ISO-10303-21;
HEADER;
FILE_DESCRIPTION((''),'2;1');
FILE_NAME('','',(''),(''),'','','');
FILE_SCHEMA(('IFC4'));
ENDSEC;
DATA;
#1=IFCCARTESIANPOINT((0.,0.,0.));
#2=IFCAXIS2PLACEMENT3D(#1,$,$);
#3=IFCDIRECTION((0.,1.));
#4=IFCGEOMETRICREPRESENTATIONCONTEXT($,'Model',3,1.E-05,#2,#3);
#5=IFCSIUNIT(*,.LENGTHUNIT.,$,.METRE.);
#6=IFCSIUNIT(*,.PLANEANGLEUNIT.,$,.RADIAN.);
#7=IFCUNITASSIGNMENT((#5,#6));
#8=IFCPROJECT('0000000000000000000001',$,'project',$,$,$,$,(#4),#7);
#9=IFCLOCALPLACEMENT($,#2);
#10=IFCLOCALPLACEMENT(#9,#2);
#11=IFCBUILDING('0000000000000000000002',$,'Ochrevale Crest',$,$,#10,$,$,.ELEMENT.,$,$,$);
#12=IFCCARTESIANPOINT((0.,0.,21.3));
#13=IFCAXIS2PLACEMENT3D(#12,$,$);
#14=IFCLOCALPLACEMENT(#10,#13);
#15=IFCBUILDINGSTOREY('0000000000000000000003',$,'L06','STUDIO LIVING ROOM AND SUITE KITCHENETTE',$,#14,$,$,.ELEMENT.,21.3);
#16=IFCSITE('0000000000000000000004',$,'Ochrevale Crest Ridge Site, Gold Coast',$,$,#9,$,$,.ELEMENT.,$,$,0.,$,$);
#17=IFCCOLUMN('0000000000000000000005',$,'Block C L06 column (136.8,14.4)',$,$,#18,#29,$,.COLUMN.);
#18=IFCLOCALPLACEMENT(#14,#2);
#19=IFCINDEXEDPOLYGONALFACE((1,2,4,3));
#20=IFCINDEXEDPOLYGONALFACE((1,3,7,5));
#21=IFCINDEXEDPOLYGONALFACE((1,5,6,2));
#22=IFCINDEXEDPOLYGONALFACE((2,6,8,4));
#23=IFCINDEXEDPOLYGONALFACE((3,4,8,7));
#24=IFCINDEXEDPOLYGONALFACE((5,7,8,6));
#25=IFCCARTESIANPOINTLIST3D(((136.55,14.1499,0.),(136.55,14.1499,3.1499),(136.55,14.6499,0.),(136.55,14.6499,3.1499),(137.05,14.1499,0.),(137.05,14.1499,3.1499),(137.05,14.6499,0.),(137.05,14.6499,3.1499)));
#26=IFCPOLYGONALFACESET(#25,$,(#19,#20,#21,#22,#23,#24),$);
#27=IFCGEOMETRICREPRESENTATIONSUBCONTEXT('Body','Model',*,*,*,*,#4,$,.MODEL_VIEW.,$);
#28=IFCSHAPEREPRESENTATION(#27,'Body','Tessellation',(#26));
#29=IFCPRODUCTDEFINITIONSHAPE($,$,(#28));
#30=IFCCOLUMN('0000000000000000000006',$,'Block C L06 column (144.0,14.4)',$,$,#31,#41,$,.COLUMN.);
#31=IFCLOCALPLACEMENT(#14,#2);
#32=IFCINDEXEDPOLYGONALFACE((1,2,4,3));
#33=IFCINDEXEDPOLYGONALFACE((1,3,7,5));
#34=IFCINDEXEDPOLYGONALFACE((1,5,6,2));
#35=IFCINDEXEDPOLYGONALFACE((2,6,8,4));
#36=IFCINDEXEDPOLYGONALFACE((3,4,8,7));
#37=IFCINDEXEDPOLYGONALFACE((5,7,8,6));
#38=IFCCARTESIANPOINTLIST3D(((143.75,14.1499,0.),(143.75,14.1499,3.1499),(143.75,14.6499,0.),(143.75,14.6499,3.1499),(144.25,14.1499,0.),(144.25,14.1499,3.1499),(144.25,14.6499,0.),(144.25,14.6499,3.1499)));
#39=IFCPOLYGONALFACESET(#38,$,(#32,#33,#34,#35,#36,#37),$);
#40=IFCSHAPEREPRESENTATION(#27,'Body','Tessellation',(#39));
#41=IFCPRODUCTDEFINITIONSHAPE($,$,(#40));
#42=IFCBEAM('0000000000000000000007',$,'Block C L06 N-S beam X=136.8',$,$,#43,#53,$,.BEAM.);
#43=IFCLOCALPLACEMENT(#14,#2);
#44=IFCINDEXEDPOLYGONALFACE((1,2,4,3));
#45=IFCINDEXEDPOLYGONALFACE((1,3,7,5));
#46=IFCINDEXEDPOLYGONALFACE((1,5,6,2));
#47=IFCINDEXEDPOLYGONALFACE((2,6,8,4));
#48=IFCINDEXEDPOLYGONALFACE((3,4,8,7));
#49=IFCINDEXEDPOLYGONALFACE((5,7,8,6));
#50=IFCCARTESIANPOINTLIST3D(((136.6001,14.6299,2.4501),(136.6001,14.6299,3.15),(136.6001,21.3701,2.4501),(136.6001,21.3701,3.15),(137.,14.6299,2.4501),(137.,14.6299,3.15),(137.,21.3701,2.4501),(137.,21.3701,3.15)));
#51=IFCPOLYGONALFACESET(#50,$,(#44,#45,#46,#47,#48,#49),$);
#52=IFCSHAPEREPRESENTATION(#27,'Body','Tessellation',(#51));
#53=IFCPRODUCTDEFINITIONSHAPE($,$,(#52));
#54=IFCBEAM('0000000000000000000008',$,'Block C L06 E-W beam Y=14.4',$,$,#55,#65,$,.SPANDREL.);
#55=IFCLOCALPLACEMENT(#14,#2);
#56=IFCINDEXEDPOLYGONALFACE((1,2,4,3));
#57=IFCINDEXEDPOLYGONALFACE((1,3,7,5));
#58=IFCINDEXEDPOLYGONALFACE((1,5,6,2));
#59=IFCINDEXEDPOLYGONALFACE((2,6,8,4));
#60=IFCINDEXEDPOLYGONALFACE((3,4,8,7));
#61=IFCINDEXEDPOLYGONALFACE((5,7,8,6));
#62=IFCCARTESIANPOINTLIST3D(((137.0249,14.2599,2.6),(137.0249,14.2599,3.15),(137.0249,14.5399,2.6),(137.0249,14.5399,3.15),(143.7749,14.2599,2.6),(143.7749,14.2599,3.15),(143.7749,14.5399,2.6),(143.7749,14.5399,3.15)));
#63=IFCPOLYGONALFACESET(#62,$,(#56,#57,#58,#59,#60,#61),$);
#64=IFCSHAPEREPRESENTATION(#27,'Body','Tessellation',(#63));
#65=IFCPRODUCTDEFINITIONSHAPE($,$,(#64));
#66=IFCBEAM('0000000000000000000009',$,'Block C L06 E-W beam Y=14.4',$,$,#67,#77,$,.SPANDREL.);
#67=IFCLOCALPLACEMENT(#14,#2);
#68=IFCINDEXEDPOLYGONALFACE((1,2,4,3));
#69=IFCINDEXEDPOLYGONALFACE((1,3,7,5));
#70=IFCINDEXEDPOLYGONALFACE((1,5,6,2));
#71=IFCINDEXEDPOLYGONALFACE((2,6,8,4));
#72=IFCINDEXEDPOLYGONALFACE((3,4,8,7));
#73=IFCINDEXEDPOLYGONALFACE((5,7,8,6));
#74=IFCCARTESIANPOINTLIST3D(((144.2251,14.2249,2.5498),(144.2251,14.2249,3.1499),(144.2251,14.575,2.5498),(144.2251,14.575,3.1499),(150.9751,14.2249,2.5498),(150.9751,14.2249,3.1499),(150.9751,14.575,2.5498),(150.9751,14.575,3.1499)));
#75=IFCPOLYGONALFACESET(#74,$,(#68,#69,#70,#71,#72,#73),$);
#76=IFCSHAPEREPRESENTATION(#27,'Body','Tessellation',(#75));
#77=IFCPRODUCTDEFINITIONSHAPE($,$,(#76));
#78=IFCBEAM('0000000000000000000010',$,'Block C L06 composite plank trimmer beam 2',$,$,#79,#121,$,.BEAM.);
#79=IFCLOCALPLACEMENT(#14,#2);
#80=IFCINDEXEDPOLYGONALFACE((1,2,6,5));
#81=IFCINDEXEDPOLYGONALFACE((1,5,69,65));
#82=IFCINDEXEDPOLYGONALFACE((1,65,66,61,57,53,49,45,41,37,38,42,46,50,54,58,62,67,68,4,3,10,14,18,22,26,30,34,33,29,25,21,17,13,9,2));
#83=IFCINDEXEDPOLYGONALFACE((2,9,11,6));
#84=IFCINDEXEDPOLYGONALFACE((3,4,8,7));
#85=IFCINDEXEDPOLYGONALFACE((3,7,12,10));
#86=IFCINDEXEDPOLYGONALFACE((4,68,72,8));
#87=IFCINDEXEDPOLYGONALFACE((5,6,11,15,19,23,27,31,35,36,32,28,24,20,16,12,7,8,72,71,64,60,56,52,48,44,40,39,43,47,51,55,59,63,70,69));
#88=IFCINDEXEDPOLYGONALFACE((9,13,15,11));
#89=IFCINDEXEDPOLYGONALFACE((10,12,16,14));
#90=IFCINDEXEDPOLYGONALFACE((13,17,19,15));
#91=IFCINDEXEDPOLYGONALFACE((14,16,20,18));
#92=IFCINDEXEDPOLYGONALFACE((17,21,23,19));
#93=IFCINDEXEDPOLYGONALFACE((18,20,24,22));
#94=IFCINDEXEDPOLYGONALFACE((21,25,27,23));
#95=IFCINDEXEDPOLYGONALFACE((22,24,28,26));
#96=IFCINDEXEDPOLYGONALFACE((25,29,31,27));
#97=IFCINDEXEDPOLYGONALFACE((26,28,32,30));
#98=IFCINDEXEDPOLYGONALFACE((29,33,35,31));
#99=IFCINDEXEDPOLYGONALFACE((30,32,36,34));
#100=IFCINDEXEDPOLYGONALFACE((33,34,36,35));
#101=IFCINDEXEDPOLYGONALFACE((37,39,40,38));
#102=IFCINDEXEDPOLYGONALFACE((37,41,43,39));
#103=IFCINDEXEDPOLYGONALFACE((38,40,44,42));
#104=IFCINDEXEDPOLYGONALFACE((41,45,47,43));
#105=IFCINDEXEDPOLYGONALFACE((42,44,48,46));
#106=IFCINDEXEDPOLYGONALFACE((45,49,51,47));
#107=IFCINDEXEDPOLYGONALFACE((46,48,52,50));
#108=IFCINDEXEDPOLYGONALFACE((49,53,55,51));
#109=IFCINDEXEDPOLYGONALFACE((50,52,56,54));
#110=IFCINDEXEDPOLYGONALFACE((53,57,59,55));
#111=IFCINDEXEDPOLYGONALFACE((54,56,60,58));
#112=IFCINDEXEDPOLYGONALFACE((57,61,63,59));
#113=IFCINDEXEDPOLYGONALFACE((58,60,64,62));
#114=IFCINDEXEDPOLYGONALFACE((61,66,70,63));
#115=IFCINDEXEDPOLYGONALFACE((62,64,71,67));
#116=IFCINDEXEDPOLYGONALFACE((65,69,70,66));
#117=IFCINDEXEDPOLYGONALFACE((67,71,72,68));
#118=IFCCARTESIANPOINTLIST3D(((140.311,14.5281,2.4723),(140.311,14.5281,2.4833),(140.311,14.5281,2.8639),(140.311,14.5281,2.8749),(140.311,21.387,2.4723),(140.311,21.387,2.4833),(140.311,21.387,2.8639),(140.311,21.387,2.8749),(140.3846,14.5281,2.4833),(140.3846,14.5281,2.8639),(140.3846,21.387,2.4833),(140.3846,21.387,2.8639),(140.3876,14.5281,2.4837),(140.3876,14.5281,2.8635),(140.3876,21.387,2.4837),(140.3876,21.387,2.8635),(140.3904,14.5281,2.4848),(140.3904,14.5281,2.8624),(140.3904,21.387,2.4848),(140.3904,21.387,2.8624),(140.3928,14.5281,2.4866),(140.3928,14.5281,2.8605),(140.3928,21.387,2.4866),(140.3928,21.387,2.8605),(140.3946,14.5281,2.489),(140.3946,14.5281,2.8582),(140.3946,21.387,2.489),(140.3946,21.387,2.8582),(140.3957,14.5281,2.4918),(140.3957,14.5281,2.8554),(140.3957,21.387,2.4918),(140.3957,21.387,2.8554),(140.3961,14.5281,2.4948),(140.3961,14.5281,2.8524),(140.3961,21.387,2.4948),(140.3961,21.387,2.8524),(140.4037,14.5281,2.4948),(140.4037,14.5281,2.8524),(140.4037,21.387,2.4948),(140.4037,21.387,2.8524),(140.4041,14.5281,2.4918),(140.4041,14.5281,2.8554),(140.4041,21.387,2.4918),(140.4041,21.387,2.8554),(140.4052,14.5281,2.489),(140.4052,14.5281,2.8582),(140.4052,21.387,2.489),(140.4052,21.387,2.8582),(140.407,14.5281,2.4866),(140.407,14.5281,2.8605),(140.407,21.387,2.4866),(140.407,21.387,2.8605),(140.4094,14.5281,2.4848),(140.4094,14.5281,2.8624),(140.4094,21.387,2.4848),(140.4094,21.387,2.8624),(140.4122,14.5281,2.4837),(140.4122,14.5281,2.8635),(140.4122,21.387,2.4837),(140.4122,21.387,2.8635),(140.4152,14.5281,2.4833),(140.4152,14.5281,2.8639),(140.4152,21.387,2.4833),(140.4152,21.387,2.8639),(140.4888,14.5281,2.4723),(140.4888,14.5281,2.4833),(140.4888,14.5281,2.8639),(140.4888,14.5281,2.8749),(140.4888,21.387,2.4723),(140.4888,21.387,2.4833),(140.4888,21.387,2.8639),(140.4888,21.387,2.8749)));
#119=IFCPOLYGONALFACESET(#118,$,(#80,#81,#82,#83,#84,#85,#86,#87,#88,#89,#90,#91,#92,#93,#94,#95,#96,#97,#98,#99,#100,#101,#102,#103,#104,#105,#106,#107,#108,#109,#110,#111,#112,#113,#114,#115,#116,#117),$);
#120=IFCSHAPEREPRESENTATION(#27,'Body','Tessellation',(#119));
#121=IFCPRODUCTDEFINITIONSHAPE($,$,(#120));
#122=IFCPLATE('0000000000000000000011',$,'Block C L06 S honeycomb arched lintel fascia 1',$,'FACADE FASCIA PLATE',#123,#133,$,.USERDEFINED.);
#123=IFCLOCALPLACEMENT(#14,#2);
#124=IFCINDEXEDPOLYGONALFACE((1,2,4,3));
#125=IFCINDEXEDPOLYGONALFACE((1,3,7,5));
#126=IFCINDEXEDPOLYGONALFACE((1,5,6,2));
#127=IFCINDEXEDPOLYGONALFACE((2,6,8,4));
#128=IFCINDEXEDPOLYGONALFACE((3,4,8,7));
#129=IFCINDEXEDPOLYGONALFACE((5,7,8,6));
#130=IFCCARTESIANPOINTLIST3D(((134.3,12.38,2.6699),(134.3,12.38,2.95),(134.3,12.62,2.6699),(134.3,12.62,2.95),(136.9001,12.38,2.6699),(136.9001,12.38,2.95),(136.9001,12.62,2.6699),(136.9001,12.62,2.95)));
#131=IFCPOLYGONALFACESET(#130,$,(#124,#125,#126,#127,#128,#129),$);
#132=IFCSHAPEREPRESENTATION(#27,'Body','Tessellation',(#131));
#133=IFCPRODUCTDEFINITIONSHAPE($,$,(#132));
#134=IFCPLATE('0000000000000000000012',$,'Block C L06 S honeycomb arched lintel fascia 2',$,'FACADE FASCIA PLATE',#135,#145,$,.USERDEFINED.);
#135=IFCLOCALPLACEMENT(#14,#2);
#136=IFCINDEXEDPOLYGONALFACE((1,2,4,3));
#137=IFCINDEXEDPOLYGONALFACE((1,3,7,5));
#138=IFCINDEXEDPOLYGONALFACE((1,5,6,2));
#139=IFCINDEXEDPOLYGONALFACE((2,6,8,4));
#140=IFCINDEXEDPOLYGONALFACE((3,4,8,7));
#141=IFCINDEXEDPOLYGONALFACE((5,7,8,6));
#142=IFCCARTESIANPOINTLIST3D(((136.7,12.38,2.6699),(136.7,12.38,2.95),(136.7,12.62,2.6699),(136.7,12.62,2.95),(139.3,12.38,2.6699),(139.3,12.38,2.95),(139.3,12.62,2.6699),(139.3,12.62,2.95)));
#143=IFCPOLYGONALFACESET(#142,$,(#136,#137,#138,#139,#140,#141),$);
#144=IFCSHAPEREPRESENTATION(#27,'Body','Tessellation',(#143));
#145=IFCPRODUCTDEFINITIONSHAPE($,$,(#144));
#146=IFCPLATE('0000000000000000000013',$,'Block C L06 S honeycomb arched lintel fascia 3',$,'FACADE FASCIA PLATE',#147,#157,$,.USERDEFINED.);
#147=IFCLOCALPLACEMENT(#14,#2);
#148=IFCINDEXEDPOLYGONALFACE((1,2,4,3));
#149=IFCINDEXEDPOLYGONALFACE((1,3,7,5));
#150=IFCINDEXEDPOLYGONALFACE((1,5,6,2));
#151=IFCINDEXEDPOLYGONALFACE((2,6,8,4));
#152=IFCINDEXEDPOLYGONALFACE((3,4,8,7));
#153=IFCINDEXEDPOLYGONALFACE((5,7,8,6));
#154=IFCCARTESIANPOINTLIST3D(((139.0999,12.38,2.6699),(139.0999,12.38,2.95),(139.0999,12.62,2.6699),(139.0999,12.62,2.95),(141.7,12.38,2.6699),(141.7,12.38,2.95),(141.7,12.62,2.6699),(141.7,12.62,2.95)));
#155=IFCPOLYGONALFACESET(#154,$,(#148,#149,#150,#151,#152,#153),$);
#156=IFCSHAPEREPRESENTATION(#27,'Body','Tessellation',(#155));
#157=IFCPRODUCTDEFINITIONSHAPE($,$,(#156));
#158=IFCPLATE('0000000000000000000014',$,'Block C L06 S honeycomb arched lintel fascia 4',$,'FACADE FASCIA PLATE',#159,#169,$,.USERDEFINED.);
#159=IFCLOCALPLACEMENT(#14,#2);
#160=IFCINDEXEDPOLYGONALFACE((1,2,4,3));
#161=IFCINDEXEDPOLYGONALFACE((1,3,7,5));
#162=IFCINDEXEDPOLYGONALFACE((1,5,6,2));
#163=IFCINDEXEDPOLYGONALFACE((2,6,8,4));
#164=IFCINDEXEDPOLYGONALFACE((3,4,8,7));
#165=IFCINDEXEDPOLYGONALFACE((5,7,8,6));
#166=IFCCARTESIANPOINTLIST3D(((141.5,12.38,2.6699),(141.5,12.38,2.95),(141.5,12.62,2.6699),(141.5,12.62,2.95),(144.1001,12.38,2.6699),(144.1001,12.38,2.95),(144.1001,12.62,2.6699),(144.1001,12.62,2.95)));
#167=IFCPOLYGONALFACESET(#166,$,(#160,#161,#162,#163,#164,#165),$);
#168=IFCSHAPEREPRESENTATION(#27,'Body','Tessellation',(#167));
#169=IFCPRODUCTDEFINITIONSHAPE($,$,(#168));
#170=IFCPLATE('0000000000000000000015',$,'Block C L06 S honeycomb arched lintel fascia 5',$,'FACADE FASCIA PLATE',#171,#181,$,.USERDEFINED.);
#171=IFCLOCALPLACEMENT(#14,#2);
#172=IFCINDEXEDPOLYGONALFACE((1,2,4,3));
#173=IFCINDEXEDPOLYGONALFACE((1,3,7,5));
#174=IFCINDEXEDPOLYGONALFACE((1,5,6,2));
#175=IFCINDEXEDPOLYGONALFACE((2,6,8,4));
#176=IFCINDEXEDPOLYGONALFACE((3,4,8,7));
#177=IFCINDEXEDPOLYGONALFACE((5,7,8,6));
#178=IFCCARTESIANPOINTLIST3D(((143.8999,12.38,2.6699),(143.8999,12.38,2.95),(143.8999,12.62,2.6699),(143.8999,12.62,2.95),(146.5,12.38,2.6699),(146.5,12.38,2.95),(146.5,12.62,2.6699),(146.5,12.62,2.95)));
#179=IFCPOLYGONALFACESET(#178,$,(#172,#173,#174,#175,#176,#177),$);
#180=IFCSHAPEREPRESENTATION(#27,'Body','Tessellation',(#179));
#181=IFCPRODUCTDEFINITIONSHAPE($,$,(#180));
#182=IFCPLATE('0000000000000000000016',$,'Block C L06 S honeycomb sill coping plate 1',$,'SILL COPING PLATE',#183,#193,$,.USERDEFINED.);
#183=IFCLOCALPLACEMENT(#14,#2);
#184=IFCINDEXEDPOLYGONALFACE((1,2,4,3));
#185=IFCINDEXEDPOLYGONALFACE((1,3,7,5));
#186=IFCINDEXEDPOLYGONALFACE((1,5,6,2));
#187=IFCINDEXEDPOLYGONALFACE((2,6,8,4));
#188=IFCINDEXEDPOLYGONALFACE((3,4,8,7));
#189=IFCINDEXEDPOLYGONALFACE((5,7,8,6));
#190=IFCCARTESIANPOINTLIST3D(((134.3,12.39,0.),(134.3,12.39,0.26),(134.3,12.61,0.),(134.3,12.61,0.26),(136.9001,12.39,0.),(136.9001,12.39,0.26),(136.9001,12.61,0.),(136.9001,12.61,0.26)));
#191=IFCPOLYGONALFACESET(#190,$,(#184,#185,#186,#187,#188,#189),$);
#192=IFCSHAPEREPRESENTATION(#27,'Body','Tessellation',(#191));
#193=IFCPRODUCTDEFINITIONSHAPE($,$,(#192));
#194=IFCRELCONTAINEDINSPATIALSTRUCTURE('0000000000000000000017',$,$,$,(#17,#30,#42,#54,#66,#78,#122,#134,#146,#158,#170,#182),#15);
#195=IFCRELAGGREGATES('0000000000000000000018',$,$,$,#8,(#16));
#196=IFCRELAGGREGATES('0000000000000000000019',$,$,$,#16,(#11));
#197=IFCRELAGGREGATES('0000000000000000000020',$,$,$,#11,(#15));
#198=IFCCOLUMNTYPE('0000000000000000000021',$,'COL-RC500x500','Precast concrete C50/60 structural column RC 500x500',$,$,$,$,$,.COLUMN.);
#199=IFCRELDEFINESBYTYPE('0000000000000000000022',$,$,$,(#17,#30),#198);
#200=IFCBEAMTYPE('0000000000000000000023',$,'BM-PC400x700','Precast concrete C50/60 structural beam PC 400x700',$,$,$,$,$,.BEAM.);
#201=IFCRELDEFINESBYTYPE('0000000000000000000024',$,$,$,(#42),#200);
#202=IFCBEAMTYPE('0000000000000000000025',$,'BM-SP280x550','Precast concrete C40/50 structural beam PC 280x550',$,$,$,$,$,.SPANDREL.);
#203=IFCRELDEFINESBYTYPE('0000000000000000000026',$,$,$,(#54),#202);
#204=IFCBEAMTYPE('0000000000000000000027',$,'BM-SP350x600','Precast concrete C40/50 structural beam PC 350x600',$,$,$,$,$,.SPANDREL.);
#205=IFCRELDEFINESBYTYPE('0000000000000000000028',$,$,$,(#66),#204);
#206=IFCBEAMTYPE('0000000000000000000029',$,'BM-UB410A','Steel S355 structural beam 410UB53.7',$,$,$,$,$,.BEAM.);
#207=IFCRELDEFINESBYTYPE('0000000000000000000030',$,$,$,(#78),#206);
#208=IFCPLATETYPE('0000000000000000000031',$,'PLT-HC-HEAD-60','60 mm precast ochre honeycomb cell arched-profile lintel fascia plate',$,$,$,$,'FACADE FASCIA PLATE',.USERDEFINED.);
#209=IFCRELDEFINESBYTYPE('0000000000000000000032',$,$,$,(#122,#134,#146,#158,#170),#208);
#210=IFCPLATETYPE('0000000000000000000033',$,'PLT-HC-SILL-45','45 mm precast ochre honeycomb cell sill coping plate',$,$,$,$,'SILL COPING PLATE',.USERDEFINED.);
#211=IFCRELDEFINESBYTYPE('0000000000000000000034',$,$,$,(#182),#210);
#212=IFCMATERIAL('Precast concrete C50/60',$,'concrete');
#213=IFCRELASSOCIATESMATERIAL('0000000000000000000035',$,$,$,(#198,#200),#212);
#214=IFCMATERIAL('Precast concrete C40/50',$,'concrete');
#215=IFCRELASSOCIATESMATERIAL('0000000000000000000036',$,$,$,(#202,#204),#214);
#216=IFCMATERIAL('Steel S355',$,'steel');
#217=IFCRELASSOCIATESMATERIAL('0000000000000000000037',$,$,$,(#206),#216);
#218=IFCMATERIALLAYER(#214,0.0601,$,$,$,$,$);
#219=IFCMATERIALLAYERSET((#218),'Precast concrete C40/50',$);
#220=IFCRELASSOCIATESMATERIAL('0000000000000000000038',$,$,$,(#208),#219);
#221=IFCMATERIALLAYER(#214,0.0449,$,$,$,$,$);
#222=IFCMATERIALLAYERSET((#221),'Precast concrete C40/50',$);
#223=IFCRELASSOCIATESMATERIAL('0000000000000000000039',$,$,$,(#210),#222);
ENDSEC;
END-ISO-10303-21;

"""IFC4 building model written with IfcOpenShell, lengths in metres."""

from ifc_helpers import new_model, si_unit, direction, frame, origin, origin_2d, place, context, subcontext, project, spatial, rectangle, i_section, extrude, material, layer, layer_set, material_profile, profile_set, type_object, element, save


model = new_model("IFC4")

# Units and contexts
model_context = context("Model", 3, precision=1e-05, world=origin(), true_north=direction((0.0, 1.0)))
body_context = subcontext(model_context, "Body", "Model", "MODEL_VIEW")
ifc_project = project(units=[si_unit("LENGTHUNIT", "METRE"), si_unit("PLANEANGLEUNIT", "RADIAN")], contexts=[model_context])

# Site, building, storey
site_placement = place(None, origin())
site = spatial("IfcSite", under=ifc_project, at=site_placement, Name="Ochrevale Crest Ridge Site, Gold Coast", CompositionType="ELEMENT", RefElevation=0.0)
building_placement = place(site_placement, origin())
building = spatial("IfcBuilding", under=site, at=building_placement, Name="Ochrevale Crest", CompositionType="ELEMENT")
storey_placement = place(building_placement, frame((0.0, 0.0, 21.3)))
storey = spatial("IfcBuildingStorey", under=building, at=storey_placement, Name="L06", Description="STUDIO LIVING ROOM AND SUITE KITCHENETTE", CompositionType="ELEMENT", Elevation=21.3)

# Columns
ifc_material_1 = material(Name="Precast concrete C50/60", Category="concrete")
ifc_material_profile_1 = material_profile(ifc_material_1, rectangle(XDim=0.5, YDim=0.5, at=origin_2d()), Name="RC 500x500")
ifc_profile_set_1 = profile_set([ifc_material_profile_1], Name="Precast concrete C50/60")
column_type = type_object("IfcColumnType", Name="COL-RC500x500", Description="Precast concrete C50/60 structural column RC 500x500", PredefinedType="COLUMN", material=ifc_profile_set_1)
for number, where, z_axis, x_axis, name in (
    (1, (136.8, 14.3999, 0.0), (0.0, 0.0, 1.0), (1.0, 0.0, 0.0), "Block C L06 column (136.8,14.4)"),
    (2, (144.0, 14.3999, 0.0), (0.0, 0.0, 1.0), (1.0, 0.0, 0.0), "Block C L06 column (144.0,14.4)"),
):
    element("IfcColumn", number, at=place(storey_placement, frame(where, z_axis=z_axis, x_axis=x_axis)), inside=storey, type_object=column_type, Name=name, PredefinedType="COLUMN", context=body_context, shape_type="SweptSolid", body=[
        extrude(rectangle(XDim=0.5, YDim=0.5, at=origin_2d()), origin(), (0.0, 0.0, 1.0), 3.1499),
    ])

# Beams
ifc_material_profile_2 = material_profile(ifc_material_1, rectangle(XDim=0.3999, YDim=0.7, at=origin_2d()), Name="PC 400x700")
ifc_profile_set_2 = profile_set([ifc_material_profile_2], Name="Precast concrete C50/60")
beam_type_1 = type_object("IfcBeamType", Name="BM-PC400x700", Description="Precast concrete C50/60 structural beam PC 400x700", PredefinedType="BEAM", material=ifc_profile_set_2)
beam_1_placement = place(storey_placement, frame((136.8, 14.6299, 2.8), z_axis=(0.0, 1.0, 0.0), x_axis=(-1.0, 0.0, 0.0)))
element("IfcBeam", 3, at=beam_1_placement, inside=storey, type_object=beam_type_1, Name="Block C L06 N-S beam X=136.8", PredefinedType="BEAM", context=body_context, shape_type="SweptSolid", body=[
    extrude(rectangle(XDim=0.3999, YDim=0.7, at=origin_2d()), origin(), (0.0, 0.0, 1.0), 6.7402),
])
ifc_material_2 = material(Name="Precast concrete C40/50", Category="concrete")
ifc_material_profile_3 = material_profile(ifc_material_2, rectangle(XDim=0.28, YDim=0.55, at=origin_2d()), Name="PC 280x550")
ifc_profile_set_3 = profile_set([ifc_material_profile_3], Name="Precast concrete C40/50")
beam_type_2 = type_object("IfcBeamType", Name="BM-SP280x550", Description="Precast concrete C40/50 structural beam PC 280x550", PredefinedType="SPANDREL", material=ifc_profile_set_3)
beam_2_placement = place(storey_placement, frame((137.0249, 14.3999, 2.875), z_axis=(1.0, 0.0, 0.0), x_axis=(0.0, 1.0, 0.0)))
element("IfcBeam", 4, at=beam_2_placement, inside=storey, type_object=beam_type_2, Name="Block C L06 E-W beam Y=14.4", PredefinedType="SPANDREL", context=body_context, shape_type="SweptSolid", body=[
    extrude(rectangle(XDim=0.28, YDim=0.55, at=origin_2d()), origin(), (0.0, 0.0, 1.0), 6.75),
])
ifc_material_profile_4 = material_profile(ifc_material_2, rectangle(XDim=0.3501, YDim=0.6001, at=origin_2d()), Name="PC 350x600")
ifc_profile_set_4 = profile_set([ifc_material_profile_4], Name="Precast concrete C40/50")
beam_type_3 = type_object("IfcBeamType", Name="BM-SP350x600", Description="Precast concrete C40/50 structural beam PC 350x600", PredefinedType="SPANDREL", material=ifc_profile_set_4)
beam_3_placement = place(storey_placement, frame((144.2251, 14.3999, 2.8499), z_axis=(1.0, 0.0, 0.0), x_axis=(0.0, 1.0, 0.0)))
element("IfcBeam", 5, at=beam_3_placement, inside=storey, type_object=beam_type_3, Name="Block C L06 E-W beam Y=14.4", PredefinedType="SPANDREL", context=body_context, shape_type="SweptSolid", body=[
    extrude(rectangle(XDim=0.3501, YDim=0.6001, at=origin_2d()), origin(), (0.0, 0.0, 1.0), 6.75),
])
ifc_material_3 = material(Name="Steel S355", Category="steel")
ifc_material_profile_5 = material_profile(ifc_material_3, i_section(OverallWidth=0.1777, OverallDepth=0.4026, WebThickness=0.0076, FlangeThickness=0.011, FilletRadius=0.0115, at=origin_2d()), Name="410UB53.7")
ifc_profile_set_5 = profile_set([ifc_material_profile_5], Name="Steel S355")
beam_type_4 = type_object("IfcBeamType", Name="BM-UB410A", Description="Steel S355 structural beam 410UB53.7", PredefinedType="BEAM", material=ifc_profile_set_5)
beam_4_placement = place(storey_placement, frame((140.3999, 14.5281, 2.6736), z_axis=(0.0, 1.0, 0.0), x_axis=(-1.0, 0.0, 0.0)))
element("IfcBeam", 6, at=beam_4_placement, inside=storey, type_object=beam_type_4, Name="Block C L06 composite plank trimmer beam 2", PredefinedType="BEAM", context=body_context, shape_type="SweptSolid", body=[
    extrude(i_section(OverallWidth=0.1777, OverallDepth=0.4026, WebThickness=0.0076, FlangeThickness=0.011, FilletRadius=0.0115, at=origin_2d()), origin(), (0.0, 0.0, 1.0), 6.8589),
])

# Plates
ifc_layer_1 = layer(ifc_material_2, 0.0601)
ifc_layer_set_1 = layer_set([ifc_layer_1], Name="Precast concrete C40/50")
plate_type_1 = type_object("IfcPlateType", Name="PLT-HC-HEAD-60", Description="60 mm precast ochre honeycomb cell arched-profile lintel fascia plate", ElementType="FACADE FASCIA PLATE", PredefinedType="USERDEFINED", material=ifc_layer_set_1)
for number, where, z_axis, x_axis, name in (
    (7, (135.6001, 12.5, 2.6699), (0.0, 0.0, 1.0), (1.0, 0.0, 0.0), "Block C L06 S honeycomb arched lintel fascia 1"),
    (8, (138.0, 12.5, 2.6699), (0.0, 0.0, 1.0), (1.0, 0.0, 0.0), "Block C L06 S honeycomb arched lintel fascia 2"),
    (9, (140.3999, 12.5, 2.6699), (0.0, 0.0, 1.0), (1.0, 0.0, 0.0), "Block C L06 S honeycomb arched lintel fascia 3"),
    (10, (142.8, 12.5, 2.6699), (0.0, 0.0, 1.0), (1.0, 0.0, 0.0), "Block C L06 S honeycomb arched lintel fascia 4"),
    (11, (145.2, 12.5, 2.6699), (0.0, 0.0, 1.0), (1.0, 0.0, 0.0), "Block C L06 S honeycomb arched lintel fascia 5"),
):
    element("IfcPlate", number, at=place(storey_placement, frame(where, z_axis=z_axis, x_axis=x_axis)), inside=storey, type_object=plate_type_1, Name=name, ObjectType="FACADE FASCIA PLATE", PredefinedType="USERDEFINED", context=body_context, shape_type="SweptSolid", body=[
        extrude(rectangle(XDim=2.6001, YDim=0.24, at=origin_2d()), origin(), (0.0, 0.0, 1.0), 0.28),
    ])
ifc_layer_2 = layer(ifc_material_2, 0.0449)
ifc_layer_set_2 = layer_set([ifc_layer_2], Name="Precast concrete C40/50")
plate_type_2 = type_object("IfcPlateType", Name="PLT-HC-SILL-45", Description="45 mm precast ochre honeycomb cell sill coping plate", ElementType="SILL COPING PLATE", PredefinedType="USERDEFINED", material=ifc_layer_set_2)
for number, where, z_axis, x_axis, name in (
    (12, (135.6001, 12.5, 0.0), (0.0, 0.0, 1.0), (1.0, 0.0, 0.0), "Block C L06 S honeycomb sill coping plate 1"),
):
    element("IfcPlate", number, at=place(storey_placement, frame(where, z_axis=z_axis, x_axis=x_axis)), inside=storey, type_object=plate_type_2, Name=name, ObjectType="SILL COPING PLATE", PredefinedType="USERDEFINED", context=body_context, shape_type="SweptSolid", body=[
        extrude(rectangle(XDim=2.6001, YDim=0.22, at=origin_2d()), origin(), (0.0, 0.0, 1.0), 0.26),
    ])

save(model, "model.ifc")
